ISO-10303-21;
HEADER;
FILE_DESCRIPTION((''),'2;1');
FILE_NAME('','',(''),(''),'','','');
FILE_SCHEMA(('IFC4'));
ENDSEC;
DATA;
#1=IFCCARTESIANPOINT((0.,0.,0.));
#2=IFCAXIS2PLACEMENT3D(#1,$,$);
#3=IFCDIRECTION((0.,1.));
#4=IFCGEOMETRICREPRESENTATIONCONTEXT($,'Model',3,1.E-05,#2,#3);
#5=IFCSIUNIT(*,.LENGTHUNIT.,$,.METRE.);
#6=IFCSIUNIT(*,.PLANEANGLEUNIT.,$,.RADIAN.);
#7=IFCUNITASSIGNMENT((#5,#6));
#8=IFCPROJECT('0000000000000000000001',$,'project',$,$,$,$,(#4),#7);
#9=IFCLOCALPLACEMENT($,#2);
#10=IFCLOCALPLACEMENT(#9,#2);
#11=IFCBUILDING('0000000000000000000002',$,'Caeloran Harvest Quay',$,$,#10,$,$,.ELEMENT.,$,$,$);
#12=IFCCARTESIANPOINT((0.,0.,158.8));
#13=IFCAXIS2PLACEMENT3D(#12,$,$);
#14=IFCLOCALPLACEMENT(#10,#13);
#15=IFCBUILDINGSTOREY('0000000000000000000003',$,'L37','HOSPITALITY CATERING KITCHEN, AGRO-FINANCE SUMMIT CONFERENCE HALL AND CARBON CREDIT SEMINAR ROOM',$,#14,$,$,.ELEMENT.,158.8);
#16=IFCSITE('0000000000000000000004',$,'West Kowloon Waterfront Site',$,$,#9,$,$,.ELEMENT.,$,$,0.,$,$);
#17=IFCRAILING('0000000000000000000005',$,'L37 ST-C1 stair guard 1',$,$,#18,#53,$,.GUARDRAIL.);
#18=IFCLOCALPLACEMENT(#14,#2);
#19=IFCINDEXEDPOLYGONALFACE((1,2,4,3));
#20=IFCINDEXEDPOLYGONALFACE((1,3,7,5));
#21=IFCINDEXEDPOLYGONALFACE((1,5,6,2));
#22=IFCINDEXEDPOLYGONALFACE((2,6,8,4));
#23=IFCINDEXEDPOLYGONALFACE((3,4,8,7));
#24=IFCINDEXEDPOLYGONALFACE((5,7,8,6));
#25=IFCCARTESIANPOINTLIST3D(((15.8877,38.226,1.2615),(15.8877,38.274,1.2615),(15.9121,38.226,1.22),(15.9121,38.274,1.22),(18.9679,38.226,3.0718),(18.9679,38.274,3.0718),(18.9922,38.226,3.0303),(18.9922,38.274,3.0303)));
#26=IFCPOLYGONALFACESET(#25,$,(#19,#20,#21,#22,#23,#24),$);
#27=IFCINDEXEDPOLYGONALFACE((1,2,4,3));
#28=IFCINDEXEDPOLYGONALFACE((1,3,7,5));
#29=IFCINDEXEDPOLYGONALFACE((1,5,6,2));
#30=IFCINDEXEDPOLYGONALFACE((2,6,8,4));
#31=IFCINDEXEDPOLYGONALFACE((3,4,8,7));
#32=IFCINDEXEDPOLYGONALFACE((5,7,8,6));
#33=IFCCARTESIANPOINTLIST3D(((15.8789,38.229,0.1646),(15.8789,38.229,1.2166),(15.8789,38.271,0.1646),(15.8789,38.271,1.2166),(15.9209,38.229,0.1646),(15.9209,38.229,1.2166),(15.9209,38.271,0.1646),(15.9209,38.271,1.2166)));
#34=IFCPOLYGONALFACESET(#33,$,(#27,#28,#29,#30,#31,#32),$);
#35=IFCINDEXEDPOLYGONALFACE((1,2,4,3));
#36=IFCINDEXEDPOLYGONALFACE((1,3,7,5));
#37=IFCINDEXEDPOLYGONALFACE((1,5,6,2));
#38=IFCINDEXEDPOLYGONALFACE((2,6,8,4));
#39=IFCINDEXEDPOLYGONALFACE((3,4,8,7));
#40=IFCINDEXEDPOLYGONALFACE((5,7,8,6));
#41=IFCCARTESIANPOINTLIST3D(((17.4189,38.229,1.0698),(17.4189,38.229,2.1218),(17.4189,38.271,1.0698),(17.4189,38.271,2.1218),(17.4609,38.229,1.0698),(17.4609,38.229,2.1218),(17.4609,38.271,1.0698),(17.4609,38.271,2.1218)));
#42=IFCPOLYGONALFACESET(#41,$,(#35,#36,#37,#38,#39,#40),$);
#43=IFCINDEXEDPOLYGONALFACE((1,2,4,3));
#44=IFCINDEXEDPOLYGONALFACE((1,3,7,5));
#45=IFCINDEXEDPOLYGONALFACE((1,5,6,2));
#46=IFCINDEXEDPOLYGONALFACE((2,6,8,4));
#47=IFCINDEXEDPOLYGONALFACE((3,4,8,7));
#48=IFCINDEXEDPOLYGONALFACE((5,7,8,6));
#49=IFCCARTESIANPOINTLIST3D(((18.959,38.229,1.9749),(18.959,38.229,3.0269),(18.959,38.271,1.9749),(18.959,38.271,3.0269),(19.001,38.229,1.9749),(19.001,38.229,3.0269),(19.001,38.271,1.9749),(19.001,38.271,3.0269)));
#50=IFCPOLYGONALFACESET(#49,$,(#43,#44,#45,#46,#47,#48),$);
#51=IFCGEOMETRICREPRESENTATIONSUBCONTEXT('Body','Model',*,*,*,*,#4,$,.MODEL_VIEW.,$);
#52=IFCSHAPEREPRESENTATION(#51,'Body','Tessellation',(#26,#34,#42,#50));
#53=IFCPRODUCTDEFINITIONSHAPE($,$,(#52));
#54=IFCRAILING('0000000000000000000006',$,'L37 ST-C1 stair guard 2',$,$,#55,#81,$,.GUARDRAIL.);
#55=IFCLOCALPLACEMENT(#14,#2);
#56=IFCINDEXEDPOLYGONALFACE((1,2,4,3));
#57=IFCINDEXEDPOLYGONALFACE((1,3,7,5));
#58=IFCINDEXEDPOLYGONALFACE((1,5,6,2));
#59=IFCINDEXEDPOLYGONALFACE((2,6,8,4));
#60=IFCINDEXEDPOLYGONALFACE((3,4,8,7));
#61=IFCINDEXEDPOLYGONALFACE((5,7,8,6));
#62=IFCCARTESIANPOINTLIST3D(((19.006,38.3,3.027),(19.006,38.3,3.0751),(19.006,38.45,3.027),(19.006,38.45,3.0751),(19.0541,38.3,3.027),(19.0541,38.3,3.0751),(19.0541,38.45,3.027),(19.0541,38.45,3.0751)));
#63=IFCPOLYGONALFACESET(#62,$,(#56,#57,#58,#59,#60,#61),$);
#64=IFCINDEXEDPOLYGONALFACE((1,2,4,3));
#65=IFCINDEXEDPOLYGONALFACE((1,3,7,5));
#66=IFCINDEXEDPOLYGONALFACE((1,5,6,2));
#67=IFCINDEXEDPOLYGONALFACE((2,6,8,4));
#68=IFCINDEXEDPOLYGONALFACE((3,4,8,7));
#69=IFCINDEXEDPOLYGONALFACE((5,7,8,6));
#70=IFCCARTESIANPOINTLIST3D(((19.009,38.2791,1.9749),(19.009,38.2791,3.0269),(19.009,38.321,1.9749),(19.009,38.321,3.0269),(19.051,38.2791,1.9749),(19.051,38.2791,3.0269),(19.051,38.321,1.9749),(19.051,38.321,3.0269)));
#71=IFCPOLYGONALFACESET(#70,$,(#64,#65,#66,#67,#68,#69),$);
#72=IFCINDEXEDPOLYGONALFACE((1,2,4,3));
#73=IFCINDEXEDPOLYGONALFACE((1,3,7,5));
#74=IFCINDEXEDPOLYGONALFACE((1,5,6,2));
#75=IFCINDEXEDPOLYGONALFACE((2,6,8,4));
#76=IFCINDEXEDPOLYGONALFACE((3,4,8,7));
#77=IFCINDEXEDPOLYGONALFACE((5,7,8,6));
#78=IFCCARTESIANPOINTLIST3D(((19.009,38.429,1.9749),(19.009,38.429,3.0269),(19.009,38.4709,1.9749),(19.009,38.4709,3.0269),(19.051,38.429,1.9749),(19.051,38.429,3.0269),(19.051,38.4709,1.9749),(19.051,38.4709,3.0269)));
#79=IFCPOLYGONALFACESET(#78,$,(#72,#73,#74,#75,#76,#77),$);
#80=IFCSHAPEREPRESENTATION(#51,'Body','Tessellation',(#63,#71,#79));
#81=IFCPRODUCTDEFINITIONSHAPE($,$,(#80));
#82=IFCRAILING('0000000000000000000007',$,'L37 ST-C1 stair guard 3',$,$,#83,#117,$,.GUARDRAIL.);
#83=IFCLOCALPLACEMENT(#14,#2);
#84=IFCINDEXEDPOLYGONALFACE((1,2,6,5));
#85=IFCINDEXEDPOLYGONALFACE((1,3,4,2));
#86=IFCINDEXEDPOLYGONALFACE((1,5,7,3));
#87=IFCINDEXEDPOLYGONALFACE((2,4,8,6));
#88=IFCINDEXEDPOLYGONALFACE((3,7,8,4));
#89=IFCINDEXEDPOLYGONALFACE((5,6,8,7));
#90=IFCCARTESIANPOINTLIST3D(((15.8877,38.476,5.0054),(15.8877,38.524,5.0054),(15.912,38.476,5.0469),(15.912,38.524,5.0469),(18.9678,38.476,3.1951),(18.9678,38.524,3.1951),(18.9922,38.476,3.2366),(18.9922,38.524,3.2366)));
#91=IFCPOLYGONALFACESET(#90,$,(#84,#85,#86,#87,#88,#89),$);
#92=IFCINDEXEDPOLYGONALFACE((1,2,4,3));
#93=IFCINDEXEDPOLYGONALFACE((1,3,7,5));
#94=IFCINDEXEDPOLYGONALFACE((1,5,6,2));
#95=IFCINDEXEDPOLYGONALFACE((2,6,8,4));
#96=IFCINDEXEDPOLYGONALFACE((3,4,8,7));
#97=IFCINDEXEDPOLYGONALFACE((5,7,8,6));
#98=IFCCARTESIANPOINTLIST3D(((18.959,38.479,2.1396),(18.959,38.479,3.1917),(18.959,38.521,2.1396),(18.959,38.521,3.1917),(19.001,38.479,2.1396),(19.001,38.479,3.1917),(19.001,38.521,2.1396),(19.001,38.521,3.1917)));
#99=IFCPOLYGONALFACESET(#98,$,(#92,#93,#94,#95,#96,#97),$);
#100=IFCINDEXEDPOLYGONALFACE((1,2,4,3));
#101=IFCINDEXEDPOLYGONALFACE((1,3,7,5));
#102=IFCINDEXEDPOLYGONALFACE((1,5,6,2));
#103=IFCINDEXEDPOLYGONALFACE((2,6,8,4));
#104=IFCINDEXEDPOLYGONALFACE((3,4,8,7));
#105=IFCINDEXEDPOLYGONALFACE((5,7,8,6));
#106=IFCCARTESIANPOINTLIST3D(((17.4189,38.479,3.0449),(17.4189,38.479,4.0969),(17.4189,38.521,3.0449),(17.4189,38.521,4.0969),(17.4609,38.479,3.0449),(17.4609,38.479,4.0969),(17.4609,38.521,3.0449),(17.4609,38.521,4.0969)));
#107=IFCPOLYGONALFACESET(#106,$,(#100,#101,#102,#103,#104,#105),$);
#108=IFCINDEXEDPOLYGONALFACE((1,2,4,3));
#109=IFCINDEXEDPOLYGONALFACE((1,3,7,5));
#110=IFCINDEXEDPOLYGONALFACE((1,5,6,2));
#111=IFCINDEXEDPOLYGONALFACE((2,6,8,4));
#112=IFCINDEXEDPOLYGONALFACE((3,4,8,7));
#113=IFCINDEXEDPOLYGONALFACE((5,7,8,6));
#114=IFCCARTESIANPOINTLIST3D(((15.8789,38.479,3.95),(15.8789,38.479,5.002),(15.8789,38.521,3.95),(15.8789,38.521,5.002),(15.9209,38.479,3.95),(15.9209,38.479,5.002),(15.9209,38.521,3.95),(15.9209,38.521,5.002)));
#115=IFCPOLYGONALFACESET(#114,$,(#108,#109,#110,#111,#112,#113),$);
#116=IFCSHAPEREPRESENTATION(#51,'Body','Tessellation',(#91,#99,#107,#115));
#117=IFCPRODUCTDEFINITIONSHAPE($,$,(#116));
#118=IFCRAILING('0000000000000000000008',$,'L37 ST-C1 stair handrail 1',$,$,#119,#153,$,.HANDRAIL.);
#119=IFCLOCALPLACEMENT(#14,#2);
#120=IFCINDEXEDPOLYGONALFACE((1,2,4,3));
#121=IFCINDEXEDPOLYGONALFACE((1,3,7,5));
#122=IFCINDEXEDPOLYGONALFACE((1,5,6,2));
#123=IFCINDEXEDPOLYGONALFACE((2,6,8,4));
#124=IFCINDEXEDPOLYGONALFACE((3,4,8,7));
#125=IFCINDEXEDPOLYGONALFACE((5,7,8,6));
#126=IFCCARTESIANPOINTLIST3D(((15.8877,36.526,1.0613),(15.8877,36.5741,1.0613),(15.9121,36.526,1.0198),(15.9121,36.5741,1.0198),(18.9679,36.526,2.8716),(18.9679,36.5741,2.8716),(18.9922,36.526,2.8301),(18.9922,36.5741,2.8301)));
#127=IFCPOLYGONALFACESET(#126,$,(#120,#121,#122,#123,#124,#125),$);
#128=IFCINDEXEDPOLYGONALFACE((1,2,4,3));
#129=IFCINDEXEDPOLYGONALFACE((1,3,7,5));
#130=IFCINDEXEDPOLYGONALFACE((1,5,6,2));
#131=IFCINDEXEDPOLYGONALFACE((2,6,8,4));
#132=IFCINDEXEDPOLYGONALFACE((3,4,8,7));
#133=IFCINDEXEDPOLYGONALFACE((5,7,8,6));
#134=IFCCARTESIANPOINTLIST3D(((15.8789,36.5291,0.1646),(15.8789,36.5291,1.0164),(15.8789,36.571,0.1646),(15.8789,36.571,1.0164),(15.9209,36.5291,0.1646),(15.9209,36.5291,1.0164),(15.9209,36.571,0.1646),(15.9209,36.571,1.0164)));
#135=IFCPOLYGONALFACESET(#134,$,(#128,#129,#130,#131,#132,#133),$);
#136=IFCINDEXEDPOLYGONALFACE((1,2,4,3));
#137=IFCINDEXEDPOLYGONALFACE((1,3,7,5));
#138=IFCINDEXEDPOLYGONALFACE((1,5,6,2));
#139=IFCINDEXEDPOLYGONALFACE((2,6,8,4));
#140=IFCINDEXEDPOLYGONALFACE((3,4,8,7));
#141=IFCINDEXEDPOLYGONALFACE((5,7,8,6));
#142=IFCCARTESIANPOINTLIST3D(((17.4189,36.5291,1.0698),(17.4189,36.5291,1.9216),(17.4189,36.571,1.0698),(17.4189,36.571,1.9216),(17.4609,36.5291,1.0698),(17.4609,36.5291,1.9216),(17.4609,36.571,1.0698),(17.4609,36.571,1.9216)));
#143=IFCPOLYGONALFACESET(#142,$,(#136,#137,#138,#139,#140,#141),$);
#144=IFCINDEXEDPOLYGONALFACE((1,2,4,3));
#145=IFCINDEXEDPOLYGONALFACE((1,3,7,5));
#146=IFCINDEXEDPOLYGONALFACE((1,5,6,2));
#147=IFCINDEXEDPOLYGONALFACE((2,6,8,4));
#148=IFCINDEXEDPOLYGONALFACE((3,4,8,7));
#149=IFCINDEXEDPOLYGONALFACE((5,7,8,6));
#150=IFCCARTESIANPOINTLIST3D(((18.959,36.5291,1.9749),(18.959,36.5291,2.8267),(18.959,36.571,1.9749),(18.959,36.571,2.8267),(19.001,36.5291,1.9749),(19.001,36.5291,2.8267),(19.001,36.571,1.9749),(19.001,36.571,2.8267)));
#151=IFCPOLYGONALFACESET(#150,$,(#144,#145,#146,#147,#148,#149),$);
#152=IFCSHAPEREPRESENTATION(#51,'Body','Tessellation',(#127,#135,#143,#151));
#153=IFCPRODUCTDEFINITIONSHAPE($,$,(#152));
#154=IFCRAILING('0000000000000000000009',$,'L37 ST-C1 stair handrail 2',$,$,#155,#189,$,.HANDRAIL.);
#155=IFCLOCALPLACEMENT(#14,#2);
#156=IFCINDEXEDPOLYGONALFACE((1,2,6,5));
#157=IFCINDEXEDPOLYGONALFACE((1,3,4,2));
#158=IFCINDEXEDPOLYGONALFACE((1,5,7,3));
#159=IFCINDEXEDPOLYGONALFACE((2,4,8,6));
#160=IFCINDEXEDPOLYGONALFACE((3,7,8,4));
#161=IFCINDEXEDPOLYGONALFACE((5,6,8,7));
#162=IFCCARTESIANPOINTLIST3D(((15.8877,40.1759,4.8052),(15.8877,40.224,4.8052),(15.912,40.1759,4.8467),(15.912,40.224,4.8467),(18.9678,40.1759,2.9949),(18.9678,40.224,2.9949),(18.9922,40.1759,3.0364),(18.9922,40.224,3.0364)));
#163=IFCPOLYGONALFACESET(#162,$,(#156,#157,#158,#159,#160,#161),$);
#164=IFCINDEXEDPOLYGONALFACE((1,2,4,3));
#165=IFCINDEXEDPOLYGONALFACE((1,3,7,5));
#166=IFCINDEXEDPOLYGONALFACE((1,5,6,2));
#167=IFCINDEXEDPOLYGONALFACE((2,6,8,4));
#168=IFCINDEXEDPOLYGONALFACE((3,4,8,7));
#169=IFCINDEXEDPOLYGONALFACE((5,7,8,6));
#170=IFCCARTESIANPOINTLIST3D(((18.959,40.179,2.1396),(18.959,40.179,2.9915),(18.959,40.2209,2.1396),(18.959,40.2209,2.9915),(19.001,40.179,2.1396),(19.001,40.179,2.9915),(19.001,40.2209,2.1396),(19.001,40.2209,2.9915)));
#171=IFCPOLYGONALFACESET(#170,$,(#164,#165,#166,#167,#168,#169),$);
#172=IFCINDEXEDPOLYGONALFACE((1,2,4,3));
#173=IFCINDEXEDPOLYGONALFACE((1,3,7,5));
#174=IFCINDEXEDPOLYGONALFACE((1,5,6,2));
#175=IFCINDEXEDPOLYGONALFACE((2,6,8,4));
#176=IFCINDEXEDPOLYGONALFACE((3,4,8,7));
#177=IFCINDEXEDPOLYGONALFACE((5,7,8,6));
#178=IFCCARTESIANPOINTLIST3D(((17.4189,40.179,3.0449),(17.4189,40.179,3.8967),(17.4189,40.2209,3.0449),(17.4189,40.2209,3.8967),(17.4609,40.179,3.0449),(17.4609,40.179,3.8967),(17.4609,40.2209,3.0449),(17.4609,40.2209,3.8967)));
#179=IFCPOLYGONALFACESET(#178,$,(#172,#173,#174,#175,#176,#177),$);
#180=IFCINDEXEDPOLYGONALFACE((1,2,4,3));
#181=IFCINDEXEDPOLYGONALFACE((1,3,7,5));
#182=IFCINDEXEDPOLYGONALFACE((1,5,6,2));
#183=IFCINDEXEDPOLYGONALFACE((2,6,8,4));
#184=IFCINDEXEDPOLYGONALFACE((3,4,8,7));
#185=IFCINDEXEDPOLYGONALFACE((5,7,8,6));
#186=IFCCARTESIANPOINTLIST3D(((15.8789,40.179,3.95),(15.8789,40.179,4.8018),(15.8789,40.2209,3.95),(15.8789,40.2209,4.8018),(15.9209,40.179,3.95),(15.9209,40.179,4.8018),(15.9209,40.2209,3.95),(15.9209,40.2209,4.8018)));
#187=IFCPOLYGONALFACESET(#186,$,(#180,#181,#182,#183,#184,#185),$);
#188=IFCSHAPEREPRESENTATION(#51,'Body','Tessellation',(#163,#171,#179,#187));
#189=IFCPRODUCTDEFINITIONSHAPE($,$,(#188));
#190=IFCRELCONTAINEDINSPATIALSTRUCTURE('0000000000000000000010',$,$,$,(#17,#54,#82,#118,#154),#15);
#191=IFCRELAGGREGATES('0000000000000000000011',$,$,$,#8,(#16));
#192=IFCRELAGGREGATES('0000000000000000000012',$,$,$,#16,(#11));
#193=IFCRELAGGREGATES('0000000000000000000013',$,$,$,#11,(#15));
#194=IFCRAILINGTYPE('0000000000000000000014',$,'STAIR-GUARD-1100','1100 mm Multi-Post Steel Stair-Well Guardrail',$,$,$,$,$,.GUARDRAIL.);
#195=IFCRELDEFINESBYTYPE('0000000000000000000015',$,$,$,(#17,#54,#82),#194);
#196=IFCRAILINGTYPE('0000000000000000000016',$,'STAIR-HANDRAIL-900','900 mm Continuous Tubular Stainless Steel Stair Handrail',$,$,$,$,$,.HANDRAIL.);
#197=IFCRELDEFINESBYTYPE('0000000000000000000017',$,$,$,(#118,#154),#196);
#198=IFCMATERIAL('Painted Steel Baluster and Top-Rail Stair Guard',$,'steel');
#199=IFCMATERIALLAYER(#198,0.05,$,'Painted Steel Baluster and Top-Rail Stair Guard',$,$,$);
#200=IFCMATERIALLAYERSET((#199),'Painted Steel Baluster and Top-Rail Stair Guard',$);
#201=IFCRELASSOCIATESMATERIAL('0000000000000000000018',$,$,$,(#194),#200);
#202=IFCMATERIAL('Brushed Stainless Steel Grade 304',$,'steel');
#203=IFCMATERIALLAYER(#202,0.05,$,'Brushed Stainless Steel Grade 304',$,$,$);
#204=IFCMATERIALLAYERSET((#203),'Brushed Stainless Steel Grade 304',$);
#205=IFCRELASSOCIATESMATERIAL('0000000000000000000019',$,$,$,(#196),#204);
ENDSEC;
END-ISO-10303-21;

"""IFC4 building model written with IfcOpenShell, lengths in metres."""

from ifc_helpers import new_model, si_unit, direction, frame, origin, origin_2d, place, context, subcontext, project, spatial, rectangle, extrude, material, layer, layer_set, type_object, element, save


model = new_model("IFC4")

# Units and contexts
model_context = context("Model", 3, precision=1e-05, world=origin(), true_north=direction((0.0, 1.0)))
body_context = subcontext(model_context, "Body", "Model", "MODEL_VIEW")
ifc_project = project(units=[si_unit("LENGTHUNIT", "METRE"), si_unit("PLANEANGLEUNIT", "RADIAN")], contexts=[model_context])

# Site, building, storey
site_placement = place(None, origin())
site = spatial("IfcSite", under=ifc_project, at=site_placement, Name="West Kowloon Waterfront Site", CompositionType="ELEMENT", RefElevation=0.0)
building_placement = place(site_placement, origin())
building = spatial("IfcBuilding", under=site, at=building_placement, Name="Caeloran Harvest Quay", CompositionType="ELEMENT")
storey_placement = place(building_placement, frame((0.0, 0.0, 158.8)))
storey = spatial("IfcBuildingStorey", under=building, at=storey_placement, Name="L37", Description="HOSPITALITY CATERING KITCHEN, AGRO-FINANCE SUMMIT CONFERENCE HALL AND CARBON CREDIT SEMINAR ROOM", CompositionType="ELEMENT", Elevation=158.8)

# Railings
ifc_material_1 = material(Name="Painted Steel Baluster and Top-Rail Stair Guard", Category="steel")
ifc_layer_1 = layer(ifc_material_1, 0.05, Name="Painted Steel Baluster and Top-Rail Stair Guard")
ifc_layer_set_1 = layer_set([ifc_layer_1], Name="Painted Steel Baluster and Top-Rail Stair Guard")
railing_type_1 = type_object("IfcRailingType", Name="STAIR-GUARD-1100", Description="1100 mm Multi-Post Steel Stair-Well Guardrail", PredefinedType="GUARDRAIL", material=ifc_layer_set_1)
railing_1_placement = place(storey_placement, frame((15.8999, 38.25, 0.1646)))
element("IfcRailing", 1, at=railing_1_placement, inside=storey, type_object=railing_type_1, Name="L37 ST-C1 stair guard 1", PredefinedType="GUARDRAIL", context=body_context, shape_type="SweptSolid", body=[
    extrude(rectangle(XDim=0.0481, YDim=0.0481, at=origin_2d()), frame((0.0, 0.0, 1.0762), z_axis=(0.862119, 0.0, 0.506707), x_axis=(0.0, 1.0, 0.0)), (0.0, 0.0, 1.0), 3.5728),
    extrude(rectangle(XDim=0.042, YDim=0.042, at=origin_2d()), origin(), (0.0, 0.0, 1.0), 1.052),
    extrude(rectangle(XDim=0.042, YDim=0.042, at=origin_2d()), frame((1.54, 0.0, 0.9053)), (0.0, 0.0, 1.0), 1.052),
    extrude(rectangle(XDim=0.042, YDim=0.042, at=origin_2d()), frame((3.0801, 0.0, 1.8103)), (0.0, 0.0, 1.0), 1.052),
])
railing_2_placement = place(storey_placement, frame((19.03, 38.3, 1.9749)))
element("IfcRailing", 2, at=railing_2_placement, inside=storey, type_object=railing_type_1, Name="L37 ST-C1 stair guard 2", PredefinedType="GUARDRAIL", context=body_context, shape_type="SweptSolid", body=[
    extrude(rectangle(XDim=0.0481, YDim=0.0481, at=origin_2d()), frame((0.0, 0.0, 1.0762), z_axis=(0.0, 1.0, 0.0), x_axis=(-1.0, 0.0, 0.0)), (0.0, 0.0, 1.0), 0.1499),
    extrude(rectangle(XDim=0.042, YDim=0.042, at=origin_2d()), origin(), (0.0, 0.0, 1.0), 1.052),
    extrude(rectangle(XDim=0.042, YDim=0.042, at=origin_2d()), frame((0.0, 0.1499, 0.0)), (0.0, 0.0, 1.0), 1.052),
])
railing_3_placement = place(storey_placement, frame((18.98, 38.5, 2.1396)))
element("IfcRailing", 3, at=railing_3_placement, inside=storey, type_object=railing_type_1, Name="L37 ST-C1 stair guard 3", PredefinedType="GUARDRAIL", context=body_context, shape_type="SweptSolid", body=[
    extrude(rectangle(XDim=0.0481, YDim=0.0481, at=origin_2d()), frame((0.0, 0.0, 1.0762), z_axis=(-0.862119, 0.0, 0.506707), x_axis=(0.0, -1.0, 0.0)), (0.0, 0.0, 1.0), 3.5728),
    extrude(rectangle(XDim=0.042, YDim=0.042, at=origin_2d()), origin(), (0.0, 0.0, 1.0), 1.052),
    extrude(rectangle(XDim=0.042, YDim=0.042, at=origin_2d()), frame((-1.54, 0.0, 0.9053)), (0.0, 0.0, 1.0), 1.052),
    extrude(rectangle(XDim=0.042, YDim=0.042, at=origin_2d()), frame((-3.0801, 0.0, 1.8103)), (0.0, 0.0, 1.0), 1.052),
])
ifc_material_2 = material(Name="Brushed Stainless Steel Grade 304", Category="steel")
ifc_layer_2 = layer(ifc_material_2, 0.05, Name="Brushed Stainless Steel Grade 304")
ifc_layer_set_2 = layer_set([ifc_layer_2], Name="Brushed Stainless Steel Grade 304")
railing_type_2 = type_object("IfcRailingType", Name="STAIR-HANDRAIL-900", Description="900 mm Continuous Tubular Stainless Steel Stair Handrail", PredefinedType="HANDRAIL", material=ifc_layer_set_2)
railing_4_placement = place(storey_placement, frame((15.8999, 36.55, 0.1646)))
element("IfcRailing", 4, at=railing_4_placement, inside=storey, type_object=railing_type_2, Name="L37 ST-C1 stair handrail 1", PredefinedType="HANDRAIL", context=body_context, shape_type="SweptSolid", body=[
    extrude(rectangle(XDim=0.0481, YDim=0.0481, at=origin_2d()), frame((0.0, 0.0, 0.876), z_axis=(0.862119, 0.0, 0.506707), x_axis=(0.0, 1.0, 0.0)), (0.0, 0.0, 1.0), 3.5728),
    extrude(rectangle(XDim=0.042, YDim=0.042, at=origin_2d()), origin(), (0.0, 0.0, 1.0), 0.8518),
    extrude(rectangle(XDim=0.042, YDim=0.042, at=origin_2d()), frame((1.54, 0.0, 0.9053)), (0.0, 0.0, 1.0), 0.8518),
    extrude(rectangle(XDim=0.042, YDim=0.042, at=origin_2d()), frame((3.0801, 0.0, 1.8103)), (0.0, 0.0, 1.0), 0.8518),
])
railing_5_placement = place(storey_placement, frame((18.98, 40.2, 2.1396)))
element("IfcRailing", 5, at=railing_5_placement, inside=storey, type_object=railing_type_2, Name="L37 ST-C1 stair handrail 2", PredefinedType="HANDRAIL", context=body_context, shape_type="SweptSolid", body=[
    extrude(rectangle(XDim=0.0481, YDim=0.0481, at=origin_2d()), frame((0.0, 0.0, 0.876), z_axis=(-0.862119, 0.0, 0.506707), x_axis=(0.0, -1.0, 0.0)), (0.0, 0.0, 1.0), 3.5728),
    extrude(rectangle(XDim=0.042, YDim=0.042, at=origin_2d()), origin(), (0.0, 0.0, 1.0), 0.8518),
    extrude(rectangle(XDim=0.042, YDim=0.042, at=origin_2d()), frame((-1.54, 0.0, 0.9053)), (0.0, 0.0, 1.0), 0.8518),
    extrude(rectangle(XDim=0.042, YDim=0.042, at=origin_2d()), frame((-3.0801, 0.0, 1.8103)), (0.0, 0.0, 1.0), 0.8518),
])

save(model, "model.ifc")
